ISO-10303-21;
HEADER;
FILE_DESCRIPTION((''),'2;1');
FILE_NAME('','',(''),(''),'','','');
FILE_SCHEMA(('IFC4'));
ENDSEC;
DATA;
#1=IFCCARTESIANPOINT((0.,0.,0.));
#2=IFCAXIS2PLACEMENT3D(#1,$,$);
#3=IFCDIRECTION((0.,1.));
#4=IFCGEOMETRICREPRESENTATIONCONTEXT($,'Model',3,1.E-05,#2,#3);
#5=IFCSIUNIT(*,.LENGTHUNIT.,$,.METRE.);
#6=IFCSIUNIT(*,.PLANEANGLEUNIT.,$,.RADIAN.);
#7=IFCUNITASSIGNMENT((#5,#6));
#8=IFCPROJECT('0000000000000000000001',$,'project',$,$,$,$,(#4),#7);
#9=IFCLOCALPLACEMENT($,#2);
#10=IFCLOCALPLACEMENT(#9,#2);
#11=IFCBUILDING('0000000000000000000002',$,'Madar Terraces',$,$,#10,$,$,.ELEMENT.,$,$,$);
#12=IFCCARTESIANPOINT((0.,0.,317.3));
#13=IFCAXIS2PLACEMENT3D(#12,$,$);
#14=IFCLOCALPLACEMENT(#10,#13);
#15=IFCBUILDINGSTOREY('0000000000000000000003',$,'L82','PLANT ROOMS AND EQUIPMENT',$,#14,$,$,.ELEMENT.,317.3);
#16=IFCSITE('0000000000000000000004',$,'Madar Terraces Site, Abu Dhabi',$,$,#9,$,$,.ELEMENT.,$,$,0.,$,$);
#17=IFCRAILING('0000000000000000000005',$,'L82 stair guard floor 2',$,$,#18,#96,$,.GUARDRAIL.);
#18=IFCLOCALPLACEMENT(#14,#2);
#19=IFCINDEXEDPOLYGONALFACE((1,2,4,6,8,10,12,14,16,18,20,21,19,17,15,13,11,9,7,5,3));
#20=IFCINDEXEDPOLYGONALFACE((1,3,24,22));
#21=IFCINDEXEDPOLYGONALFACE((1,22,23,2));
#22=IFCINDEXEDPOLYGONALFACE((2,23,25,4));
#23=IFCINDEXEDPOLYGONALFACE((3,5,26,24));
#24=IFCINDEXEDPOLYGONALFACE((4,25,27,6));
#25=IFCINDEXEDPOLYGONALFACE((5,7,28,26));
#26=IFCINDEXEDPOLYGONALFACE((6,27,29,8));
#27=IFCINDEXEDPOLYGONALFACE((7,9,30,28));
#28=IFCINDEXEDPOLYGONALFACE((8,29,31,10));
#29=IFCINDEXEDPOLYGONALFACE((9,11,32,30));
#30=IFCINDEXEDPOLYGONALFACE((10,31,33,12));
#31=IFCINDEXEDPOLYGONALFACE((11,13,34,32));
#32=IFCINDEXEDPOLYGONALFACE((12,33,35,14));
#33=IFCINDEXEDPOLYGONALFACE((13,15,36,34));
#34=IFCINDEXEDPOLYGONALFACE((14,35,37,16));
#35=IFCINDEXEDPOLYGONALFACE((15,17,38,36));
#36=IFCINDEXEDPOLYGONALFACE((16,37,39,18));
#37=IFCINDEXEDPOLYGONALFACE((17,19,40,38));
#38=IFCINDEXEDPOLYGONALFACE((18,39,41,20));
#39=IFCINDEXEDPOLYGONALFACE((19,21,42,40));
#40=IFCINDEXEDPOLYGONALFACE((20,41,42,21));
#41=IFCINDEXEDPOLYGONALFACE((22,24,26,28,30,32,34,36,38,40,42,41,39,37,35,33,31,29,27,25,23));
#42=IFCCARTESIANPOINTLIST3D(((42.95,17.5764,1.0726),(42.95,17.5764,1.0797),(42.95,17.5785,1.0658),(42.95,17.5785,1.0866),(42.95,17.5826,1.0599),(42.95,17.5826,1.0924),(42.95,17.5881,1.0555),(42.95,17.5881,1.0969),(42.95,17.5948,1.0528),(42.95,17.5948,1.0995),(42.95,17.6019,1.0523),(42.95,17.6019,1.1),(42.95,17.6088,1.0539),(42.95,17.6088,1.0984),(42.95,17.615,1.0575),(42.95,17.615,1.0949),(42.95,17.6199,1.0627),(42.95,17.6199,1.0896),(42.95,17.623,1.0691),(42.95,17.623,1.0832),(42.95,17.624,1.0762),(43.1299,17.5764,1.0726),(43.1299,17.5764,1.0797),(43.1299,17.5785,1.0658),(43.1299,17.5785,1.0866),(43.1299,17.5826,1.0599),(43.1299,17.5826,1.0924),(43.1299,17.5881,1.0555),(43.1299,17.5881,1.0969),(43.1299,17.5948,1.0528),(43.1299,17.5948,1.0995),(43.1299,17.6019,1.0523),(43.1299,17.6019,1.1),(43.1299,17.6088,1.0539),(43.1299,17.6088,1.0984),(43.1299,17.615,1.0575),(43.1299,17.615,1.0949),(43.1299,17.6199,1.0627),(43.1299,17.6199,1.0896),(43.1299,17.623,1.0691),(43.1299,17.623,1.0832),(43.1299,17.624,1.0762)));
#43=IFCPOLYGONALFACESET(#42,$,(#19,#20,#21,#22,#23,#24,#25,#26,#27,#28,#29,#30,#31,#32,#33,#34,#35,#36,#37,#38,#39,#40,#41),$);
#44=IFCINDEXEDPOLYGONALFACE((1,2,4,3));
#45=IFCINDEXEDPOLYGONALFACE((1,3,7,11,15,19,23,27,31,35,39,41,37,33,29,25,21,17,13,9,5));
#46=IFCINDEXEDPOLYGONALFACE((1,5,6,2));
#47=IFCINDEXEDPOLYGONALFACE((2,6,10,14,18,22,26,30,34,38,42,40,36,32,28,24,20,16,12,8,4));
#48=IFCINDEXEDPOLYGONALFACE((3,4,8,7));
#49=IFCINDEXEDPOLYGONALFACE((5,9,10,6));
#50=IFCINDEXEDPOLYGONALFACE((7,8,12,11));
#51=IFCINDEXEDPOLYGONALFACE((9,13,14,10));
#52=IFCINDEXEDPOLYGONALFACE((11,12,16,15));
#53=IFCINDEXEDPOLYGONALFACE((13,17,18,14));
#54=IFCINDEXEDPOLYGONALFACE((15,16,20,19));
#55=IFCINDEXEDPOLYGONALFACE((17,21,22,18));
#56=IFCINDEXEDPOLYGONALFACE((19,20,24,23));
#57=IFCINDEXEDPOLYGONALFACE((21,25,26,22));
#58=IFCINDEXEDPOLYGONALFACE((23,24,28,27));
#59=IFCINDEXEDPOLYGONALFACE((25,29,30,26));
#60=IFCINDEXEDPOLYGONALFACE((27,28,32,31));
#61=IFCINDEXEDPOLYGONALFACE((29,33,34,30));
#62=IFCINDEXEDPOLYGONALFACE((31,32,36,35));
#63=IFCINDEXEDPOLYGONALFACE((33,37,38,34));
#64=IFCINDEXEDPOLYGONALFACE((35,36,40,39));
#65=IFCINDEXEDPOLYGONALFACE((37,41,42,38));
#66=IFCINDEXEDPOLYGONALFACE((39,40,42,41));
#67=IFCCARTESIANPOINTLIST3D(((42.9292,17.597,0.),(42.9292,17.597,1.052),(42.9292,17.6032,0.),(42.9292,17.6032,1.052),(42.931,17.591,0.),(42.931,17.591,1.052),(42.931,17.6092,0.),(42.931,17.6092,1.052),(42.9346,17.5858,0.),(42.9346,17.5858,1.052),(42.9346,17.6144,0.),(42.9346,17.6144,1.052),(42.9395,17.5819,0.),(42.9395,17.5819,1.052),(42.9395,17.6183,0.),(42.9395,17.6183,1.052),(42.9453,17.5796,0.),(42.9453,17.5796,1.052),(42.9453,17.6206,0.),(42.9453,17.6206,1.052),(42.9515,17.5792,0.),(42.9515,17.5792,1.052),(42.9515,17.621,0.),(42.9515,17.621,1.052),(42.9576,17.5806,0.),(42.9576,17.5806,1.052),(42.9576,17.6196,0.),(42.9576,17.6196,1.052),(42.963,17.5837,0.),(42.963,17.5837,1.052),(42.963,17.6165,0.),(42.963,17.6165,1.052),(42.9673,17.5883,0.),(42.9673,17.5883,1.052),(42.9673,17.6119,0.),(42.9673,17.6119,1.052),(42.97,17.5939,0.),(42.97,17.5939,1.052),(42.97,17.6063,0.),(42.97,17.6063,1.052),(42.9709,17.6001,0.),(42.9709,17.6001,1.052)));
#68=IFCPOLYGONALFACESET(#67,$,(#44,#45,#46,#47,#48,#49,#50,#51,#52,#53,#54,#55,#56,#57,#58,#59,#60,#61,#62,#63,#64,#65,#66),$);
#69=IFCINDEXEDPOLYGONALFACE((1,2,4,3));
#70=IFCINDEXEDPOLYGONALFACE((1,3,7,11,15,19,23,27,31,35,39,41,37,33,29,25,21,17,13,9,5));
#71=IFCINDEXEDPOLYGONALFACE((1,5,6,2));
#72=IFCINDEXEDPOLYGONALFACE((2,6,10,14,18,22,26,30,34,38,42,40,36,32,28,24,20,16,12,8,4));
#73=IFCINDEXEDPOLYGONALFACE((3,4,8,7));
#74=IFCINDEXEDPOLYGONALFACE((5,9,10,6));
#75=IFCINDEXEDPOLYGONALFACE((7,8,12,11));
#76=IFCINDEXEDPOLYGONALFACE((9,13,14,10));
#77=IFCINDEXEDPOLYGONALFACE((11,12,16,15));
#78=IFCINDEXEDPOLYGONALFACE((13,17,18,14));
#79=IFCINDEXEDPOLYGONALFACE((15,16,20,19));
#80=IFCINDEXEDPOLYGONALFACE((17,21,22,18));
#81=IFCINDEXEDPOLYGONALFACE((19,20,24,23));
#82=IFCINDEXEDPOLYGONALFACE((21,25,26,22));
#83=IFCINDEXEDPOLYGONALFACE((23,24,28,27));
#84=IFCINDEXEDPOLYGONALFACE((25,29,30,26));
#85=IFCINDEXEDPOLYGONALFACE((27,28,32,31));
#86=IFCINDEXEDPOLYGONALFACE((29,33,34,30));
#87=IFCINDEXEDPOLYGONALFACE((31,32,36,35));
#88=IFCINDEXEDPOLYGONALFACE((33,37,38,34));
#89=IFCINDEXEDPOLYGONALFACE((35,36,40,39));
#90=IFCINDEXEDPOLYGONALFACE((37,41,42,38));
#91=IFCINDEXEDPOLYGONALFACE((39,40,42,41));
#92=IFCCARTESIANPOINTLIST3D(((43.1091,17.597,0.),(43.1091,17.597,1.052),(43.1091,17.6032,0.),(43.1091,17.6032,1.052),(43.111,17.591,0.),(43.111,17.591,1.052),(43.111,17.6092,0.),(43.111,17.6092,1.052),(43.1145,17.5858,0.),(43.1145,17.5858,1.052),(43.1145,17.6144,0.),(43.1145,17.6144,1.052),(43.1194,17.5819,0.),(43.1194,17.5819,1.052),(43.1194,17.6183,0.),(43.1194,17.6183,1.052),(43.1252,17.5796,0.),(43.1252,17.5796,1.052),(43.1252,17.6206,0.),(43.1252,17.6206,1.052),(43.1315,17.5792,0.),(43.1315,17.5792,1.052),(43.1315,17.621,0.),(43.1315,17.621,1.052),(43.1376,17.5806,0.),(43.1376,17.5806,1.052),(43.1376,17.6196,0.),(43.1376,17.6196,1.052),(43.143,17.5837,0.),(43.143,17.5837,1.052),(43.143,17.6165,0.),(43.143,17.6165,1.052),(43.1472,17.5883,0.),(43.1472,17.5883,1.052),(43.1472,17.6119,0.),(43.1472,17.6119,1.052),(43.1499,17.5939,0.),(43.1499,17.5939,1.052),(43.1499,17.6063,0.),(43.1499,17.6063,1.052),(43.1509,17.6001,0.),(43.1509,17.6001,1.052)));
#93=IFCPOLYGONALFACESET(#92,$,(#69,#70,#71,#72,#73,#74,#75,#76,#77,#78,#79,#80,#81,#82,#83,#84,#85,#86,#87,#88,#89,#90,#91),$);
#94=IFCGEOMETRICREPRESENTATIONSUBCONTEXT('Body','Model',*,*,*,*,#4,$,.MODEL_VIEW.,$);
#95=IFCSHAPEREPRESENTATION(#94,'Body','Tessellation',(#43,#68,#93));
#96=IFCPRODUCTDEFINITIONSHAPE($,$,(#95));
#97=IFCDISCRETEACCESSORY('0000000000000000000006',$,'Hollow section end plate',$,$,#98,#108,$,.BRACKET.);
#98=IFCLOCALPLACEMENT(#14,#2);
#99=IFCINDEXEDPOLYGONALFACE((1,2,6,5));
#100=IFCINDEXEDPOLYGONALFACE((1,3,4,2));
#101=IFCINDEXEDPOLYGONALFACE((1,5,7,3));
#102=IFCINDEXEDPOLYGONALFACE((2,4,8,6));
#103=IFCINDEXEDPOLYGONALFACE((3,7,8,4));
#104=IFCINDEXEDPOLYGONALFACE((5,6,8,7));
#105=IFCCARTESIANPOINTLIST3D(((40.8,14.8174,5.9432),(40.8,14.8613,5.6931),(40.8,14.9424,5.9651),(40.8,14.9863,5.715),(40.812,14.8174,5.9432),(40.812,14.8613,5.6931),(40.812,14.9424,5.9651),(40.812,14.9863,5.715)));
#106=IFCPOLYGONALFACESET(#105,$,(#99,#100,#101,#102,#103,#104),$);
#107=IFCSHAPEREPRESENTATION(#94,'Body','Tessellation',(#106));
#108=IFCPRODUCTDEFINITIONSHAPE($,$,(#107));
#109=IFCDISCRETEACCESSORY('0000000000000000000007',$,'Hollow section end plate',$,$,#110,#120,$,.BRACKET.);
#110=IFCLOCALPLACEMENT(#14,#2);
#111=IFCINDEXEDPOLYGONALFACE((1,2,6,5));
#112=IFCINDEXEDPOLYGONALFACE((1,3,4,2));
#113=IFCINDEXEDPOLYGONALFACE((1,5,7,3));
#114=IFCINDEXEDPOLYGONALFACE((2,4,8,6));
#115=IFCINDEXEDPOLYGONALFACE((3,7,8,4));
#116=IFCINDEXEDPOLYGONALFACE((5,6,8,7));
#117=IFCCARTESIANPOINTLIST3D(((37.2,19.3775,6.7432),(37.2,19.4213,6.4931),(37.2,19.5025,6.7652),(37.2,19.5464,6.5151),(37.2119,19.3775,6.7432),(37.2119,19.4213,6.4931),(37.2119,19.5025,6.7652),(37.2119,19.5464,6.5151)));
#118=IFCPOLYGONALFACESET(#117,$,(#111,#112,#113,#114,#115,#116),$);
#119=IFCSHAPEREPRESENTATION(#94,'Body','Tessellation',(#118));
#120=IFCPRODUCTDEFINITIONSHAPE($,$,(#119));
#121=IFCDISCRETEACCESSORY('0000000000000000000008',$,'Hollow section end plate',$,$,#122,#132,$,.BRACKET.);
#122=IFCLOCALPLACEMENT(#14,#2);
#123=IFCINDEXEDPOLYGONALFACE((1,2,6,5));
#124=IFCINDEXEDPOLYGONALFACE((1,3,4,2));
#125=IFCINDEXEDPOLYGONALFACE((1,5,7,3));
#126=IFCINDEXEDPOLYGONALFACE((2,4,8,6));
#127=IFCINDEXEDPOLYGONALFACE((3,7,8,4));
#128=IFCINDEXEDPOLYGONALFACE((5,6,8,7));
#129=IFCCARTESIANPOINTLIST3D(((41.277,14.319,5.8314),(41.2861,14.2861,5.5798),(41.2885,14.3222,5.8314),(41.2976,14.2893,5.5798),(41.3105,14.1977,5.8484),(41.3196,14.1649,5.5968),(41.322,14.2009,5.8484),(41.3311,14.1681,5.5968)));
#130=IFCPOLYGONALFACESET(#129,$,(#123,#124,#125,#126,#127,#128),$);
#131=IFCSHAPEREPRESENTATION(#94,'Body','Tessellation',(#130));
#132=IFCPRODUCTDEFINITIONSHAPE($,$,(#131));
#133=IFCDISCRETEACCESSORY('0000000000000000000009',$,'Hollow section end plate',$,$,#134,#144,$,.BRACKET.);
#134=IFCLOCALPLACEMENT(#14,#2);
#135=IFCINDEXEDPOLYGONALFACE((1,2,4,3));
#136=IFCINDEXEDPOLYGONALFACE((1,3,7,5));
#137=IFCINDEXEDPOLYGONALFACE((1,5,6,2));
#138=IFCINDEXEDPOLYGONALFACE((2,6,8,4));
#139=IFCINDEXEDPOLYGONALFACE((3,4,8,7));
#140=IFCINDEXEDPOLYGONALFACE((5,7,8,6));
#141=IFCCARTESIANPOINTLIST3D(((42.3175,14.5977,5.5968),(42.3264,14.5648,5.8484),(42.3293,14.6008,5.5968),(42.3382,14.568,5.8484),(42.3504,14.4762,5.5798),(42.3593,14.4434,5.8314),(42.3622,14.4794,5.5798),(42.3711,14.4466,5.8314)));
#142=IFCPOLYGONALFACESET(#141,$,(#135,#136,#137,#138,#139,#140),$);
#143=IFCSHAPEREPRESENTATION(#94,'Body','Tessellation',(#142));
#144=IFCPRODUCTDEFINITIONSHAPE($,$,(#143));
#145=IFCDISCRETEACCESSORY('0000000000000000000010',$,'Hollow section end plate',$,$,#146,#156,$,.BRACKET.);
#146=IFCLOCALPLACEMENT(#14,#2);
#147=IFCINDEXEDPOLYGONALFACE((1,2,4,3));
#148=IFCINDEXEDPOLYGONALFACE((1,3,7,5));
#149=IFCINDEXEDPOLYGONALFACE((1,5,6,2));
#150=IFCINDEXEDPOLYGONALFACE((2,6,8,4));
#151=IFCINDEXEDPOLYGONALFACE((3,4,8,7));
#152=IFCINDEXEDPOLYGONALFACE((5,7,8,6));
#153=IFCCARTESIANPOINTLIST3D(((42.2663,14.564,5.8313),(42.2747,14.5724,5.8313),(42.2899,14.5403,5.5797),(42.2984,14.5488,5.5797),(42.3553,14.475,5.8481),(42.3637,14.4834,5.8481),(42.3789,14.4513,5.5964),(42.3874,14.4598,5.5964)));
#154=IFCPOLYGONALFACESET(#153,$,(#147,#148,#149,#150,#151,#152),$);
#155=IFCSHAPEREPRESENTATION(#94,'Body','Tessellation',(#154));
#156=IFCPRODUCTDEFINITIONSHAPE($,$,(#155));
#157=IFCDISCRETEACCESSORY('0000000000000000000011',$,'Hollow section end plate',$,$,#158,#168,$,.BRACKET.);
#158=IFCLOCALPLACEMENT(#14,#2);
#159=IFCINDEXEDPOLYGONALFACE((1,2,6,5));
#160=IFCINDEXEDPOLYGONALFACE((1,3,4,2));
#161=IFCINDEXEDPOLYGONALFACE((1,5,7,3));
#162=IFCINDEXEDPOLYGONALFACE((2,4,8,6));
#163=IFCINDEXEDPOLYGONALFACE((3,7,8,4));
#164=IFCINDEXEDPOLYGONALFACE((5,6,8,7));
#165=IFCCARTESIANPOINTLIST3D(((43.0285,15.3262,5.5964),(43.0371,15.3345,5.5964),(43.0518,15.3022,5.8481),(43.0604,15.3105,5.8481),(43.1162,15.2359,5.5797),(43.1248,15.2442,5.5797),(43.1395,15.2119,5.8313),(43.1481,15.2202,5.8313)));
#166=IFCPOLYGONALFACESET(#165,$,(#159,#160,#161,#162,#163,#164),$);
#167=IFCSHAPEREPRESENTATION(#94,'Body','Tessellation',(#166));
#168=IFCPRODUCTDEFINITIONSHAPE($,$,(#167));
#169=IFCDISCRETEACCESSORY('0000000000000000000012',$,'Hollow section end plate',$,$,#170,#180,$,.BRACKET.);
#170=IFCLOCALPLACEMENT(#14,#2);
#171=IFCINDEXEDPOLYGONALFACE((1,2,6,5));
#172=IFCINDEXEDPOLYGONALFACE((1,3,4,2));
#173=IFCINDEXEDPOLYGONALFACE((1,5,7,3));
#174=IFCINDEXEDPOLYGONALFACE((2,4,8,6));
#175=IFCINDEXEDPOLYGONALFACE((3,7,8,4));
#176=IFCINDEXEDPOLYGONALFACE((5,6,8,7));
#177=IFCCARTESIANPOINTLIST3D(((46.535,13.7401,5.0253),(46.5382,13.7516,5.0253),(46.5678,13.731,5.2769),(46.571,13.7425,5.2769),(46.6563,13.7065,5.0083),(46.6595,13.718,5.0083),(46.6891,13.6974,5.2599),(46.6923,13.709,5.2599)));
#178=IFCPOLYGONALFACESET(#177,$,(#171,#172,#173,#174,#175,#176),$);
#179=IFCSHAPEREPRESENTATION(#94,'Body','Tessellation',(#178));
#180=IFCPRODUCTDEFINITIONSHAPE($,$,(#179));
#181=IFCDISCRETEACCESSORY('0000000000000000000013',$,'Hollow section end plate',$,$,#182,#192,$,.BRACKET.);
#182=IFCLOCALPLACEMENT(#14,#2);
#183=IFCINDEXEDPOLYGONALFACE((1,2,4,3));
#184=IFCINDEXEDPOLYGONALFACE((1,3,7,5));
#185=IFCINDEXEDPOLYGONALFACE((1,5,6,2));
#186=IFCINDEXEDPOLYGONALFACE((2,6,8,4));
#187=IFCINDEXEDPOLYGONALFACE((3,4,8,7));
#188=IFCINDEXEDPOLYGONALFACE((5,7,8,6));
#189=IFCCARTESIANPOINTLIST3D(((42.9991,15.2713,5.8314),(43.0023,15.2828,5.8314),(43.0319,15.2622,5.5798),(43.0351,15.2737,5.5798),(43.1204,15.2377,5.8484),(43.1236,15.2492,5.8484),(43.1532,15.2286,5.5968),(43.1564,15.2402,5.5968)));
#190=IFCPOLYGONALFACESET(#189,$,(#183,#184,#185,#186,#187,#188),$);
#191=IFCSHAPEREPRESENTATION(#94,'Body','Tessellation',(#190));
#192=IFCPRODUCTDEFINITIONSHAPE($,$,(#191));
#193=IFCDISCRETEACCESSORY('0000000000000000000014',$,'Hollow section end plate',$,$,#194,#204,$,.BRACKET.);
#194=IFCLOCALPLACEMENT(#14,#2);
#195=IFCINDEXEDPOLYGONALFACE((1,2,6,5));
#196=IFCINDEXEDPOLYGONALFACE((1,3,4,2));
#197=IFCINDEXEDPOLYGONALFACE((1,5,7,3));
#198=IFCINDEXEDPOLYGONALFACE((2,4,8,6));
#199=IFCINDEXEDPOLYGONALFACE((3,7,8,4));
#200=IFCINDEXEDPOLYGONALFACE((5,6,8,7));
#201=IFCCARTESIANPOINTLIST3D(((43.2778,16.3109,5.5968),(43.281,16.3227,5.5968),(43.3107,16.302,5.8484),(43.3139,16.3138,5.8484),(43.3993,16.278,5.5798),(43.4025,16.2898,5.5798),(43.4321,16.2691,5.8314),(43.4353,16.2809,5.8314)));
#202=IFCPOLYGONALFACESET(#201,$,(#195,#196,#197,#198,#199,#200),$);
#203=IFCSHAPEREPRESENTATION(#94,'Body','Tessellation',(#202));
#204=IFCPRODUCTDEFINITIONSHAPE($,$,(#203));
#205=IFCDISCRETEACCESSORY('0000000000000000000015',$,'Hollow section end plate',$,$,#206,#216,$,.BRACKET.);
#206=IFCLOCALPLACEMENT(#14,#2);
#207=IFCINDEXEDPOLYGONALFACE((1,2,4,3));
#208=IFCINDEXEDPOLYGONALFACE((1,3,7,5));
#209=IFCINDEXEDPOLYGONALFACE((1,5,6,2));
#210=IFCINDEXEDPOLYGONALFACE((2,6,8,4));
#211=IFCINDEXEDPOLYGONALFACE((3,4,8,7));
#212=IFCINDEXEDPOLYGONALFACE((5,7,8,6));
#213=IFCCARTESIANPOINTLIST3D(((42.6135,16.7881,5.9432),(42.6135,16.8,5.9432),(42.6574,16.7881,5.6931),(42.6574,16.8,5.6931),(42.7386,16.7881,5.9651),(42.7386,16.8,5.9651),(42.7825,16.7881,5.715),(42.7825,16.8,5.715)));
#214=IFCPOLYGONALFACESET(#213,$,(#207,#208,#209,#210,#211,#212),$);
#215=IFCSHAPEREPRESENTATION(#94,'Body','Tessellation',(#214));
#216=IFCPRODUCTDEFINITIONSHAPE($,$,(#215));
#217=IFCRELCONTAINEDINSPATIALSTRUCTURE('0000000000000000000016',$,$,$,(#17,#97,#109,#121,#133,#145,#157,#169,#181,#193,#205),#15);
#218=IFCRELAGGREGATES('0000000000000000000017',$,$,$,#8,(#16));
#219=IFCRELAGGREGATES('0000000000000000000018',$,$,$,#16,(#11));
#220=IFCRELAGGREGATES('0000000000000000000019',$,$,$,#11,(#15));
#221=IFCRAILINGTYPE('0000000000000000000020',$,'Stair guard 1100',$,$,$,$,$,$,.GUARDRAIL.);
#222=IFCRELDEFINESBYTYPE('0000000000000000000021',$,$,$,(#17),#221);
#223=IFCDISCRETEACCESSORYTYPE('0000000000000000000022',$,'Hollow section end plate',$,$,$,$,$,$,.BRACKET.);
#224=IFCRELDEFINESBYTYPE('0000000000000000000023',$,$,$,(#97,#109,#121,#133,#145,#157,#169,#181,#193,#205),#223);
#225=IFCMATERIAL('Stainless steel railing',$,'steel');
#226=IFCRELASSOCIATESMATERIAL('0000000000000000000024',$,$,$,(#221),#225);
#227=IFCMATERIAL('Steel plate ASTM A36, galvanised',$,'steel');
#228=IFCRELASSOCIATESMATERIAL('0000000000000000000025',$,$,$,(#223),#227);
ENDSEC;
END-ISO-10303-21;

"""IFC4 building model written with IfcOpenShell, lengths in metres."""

from ifc_helpers import new_model, si_unit, direction, frame, origin, origin_2d, place, context, subcontext, project, spatial, rectangle, circle, extrude, material, type_object, element, save


model = new_model("IFC4")

# Units and contexts
model_context = context("Model", 3, precision=1e-05, world=origin(), true_north=direction((0.0, 1.0)))
body_context = subcontext(model_context, "Body", "Model", "MODEL_VIEW")
ifc_project = project(units=[si_unit("LENGTHUNIT", "METRE"), si_unit("PLANEANGLEUNIT", "RADIAN")], contexts=[model_context])

# Site, building, storey
site_placement = place(None, origin())
site = spatial("IfcSite", under=ifc_project, at=site_placement, Name="Madar Terraces Site, Abu Dhabi", CompositionType="ELEMENT", RefElevation=0.0)
building_placement = place(site_placement, origin())
building = spatial("IfcBuilding", under=site, at=building_placement, Name="Madar Terraces", CompositionType="ELEMENT")
storey_placement = place(building_placement, frame((0.0, 0.0, 317.3)))
storey = spatial("IfcBuildingStorey", under=building, at=storey_placement, Name="L82", Description="PLANT ROOMS AND EQUIPMENT", CompositionType="ELEMENT", Elevation=317.3)

# Railing
ifc_material_1 = material(Name="Stainless steel railing", Category="steel")
railing_type = type_object("IfcRailingType", Name="Stair guard 1100", PredefinedType="GUARDRAIL", material=ifc_material_1)
for number, where, name in (
    (1, (42.95, 17.6001, 0.0), "L82 stair guard floor 2"),
):
    element("IfcRailing", number, at=place(storey_placement, frame(where)), inside=storey, type_object=railing_type, Name=name, PredefinedType="GUARDRAIL", context=body_context, shape_type="SweptSolid", body=[
        extrude(circle(Radius=0.0239, at=origin_2d()), frame((0.0, 0.0, 1.0762), z_axis=(1.0, 0.0, 0.0), x_axis=(0.0, 1.0, 0.0)), (0.0, 0.0, 1.0), 0.1799),
        extrude(circle(Radius=0.021, at=origin_2d()), origin(), (0.0, 0.0, 1.0), 1.052),
        extrude(circle(Radius=0.021, at=origin_2d()), frame((0.1799, 0.0, 0.0)), (0.0, 0.0, 1.0), 1.052),
    ])

# Discrete accessories
ifc_material_2 = material(Name="Steel plate ASTM A36, galvanised", Category="steel")
discrete_accessory_type = type_object("IfcDiscreteAccessoryType", Name="Hollow section end plate", PredefinedType="BRACKET", material=ifc_material_2)
for number, where, z_axis, x_axis, name in (
    (2, (40.8, 14.9019, 5.8291), (1.0, 0.0, 0.0), (0.0, 0.984957, 0.172799), "Hollow section end plate"),
    (3, (37.2, 19.4619, 6.6292), (1.0, 0.0, 0.0), (0.0, 0.984957, 0.172799), "Hollow section end plate"),
    (4, (41.3098, 14.2451, 5.7141), (-0.963811, -0.266586, 0.0), (0.264179, -0.955108, 0.134086), "Hollow section end plate"),
):
    element("IfcDiscreteAccessory", number, at=place(storey_placement, frame(where, z_axis=z_axis, x_axis=x_axis)), inside=storey, type_object=discrete_accessory_type, Name=name, PredefinedType="BRACKET", context=body_context, shape_type="SweptSolid", body=[
        extrude(rectangle(XDim=0.127, YDim=0.2539, at=origin_2d()), origin(), (0.0, 0.0, 1.0), 0.012),
    ])
discrete_accessory_1_placement = place(storey_placement, frame((42.3384, 14.5205, 5.7141), z_axis=(0.965226, 0.261415, 0.0), x_axis=(-0.259055, 0.95651, 0.134086)))
element("IfcDiscreteAccessory", 5, at=discrete_accessory_1_placement, inside=storey, type_object=discrete_accessory_type, Name="Hollow section end plate", PredefinedType="BRACKET", context=body_context, shape_type="SweptSolid", body=[
    extrude(rectangle(XDim=0.127, YDim=0.2539, at=origin_2d()), origin(), (0.0, 0.0, 1.0), 0.0122),
])
for number, where, z_axis, x_axis, name in (
    (6, (42.3311, 14.5161, 5.7139), (-0.707107, -0.707107, 0.0), (0.700941, -0.700941, 0.131765), "Hollow section end plate"),
    (7, (43.084, 15.269, 5.7139), (0.717279, 0.696786, 0.0), (-0.69071, 0.711025, 0.131765), "Hollow section end plate"),
    (8, (46.6121, 13.7188, 5.1426), (0.266586, 0.963811, 0.0), (-0.955108, 0.264179, 0.134086), "Hollow section end plate"),
    (9, (43.0793, 15.2615, 5.7141), (-0.266586, -0.963811, 0.0), (0.955108, -0.264179, 0.134086), "Hollow section end plate"),
):
    element("IfcDiscreteAccessory", number, at=place(storey_placement, frame(where, z_axis=z_axis, x_axis=x_axis)), inside=storey, type_object=discrete_accessory_type, Name=name, PredefinedType="BRACKET", context=body_context, shape_type="SweptSolid", body=[
        extrude(rectangle(XDim=0.127, YDim=0.2539, at=origin_2d()), origin(), (0.0, 0.0, 1.0), 0.012),
    ])
discrete_accessory_2_placement = place(storey_placement, frame((43.355, 16.29, 5.7141), z_axis=(0.261415, 0.965226, 0.0), x_axis=(-0.95651, 0.259055, 0.134086)))
element("IfcDiscreteAccessory", 10, at=discrete_accessory_2_placement, inside=storey, type_object=discrete_accessory_type, Name="Hollow section end plate", PredefinedType="BRACKET", context=body_context, shape_type="SweptSolid", body=[
    extrude(rectangle(XDim=0.127, YDim=0.2539, at=origin_2d()), origin(), (0.0, 0.0, 1.0), 0.0122),
])
for number, where, z_axis, x_axis, name in (
    (11, (42.698, 16.8, 5.8291), (0.0, -1.0, 0.0), (0.984957, 0.0, 0.172799), "Hollow section end plate"),
):
    element("IfcDiscreteAccessory", number, at=place(storey_placement, frame(where, z_axis=z_axis, x_axis=x_axis)), inside=storey, type_object=discrete_accessory_type, Name=name, PredefinedType="BRACKET", context=body_context, shape_type="SweptSolid", body=[
        extrude(rectangle(XDim=0.127, YDim=0.2539, at=origin_2d()), origin(), (0.0, 0.0, 1.0), 0.012),
    ])

save(model, "model.ifc")
